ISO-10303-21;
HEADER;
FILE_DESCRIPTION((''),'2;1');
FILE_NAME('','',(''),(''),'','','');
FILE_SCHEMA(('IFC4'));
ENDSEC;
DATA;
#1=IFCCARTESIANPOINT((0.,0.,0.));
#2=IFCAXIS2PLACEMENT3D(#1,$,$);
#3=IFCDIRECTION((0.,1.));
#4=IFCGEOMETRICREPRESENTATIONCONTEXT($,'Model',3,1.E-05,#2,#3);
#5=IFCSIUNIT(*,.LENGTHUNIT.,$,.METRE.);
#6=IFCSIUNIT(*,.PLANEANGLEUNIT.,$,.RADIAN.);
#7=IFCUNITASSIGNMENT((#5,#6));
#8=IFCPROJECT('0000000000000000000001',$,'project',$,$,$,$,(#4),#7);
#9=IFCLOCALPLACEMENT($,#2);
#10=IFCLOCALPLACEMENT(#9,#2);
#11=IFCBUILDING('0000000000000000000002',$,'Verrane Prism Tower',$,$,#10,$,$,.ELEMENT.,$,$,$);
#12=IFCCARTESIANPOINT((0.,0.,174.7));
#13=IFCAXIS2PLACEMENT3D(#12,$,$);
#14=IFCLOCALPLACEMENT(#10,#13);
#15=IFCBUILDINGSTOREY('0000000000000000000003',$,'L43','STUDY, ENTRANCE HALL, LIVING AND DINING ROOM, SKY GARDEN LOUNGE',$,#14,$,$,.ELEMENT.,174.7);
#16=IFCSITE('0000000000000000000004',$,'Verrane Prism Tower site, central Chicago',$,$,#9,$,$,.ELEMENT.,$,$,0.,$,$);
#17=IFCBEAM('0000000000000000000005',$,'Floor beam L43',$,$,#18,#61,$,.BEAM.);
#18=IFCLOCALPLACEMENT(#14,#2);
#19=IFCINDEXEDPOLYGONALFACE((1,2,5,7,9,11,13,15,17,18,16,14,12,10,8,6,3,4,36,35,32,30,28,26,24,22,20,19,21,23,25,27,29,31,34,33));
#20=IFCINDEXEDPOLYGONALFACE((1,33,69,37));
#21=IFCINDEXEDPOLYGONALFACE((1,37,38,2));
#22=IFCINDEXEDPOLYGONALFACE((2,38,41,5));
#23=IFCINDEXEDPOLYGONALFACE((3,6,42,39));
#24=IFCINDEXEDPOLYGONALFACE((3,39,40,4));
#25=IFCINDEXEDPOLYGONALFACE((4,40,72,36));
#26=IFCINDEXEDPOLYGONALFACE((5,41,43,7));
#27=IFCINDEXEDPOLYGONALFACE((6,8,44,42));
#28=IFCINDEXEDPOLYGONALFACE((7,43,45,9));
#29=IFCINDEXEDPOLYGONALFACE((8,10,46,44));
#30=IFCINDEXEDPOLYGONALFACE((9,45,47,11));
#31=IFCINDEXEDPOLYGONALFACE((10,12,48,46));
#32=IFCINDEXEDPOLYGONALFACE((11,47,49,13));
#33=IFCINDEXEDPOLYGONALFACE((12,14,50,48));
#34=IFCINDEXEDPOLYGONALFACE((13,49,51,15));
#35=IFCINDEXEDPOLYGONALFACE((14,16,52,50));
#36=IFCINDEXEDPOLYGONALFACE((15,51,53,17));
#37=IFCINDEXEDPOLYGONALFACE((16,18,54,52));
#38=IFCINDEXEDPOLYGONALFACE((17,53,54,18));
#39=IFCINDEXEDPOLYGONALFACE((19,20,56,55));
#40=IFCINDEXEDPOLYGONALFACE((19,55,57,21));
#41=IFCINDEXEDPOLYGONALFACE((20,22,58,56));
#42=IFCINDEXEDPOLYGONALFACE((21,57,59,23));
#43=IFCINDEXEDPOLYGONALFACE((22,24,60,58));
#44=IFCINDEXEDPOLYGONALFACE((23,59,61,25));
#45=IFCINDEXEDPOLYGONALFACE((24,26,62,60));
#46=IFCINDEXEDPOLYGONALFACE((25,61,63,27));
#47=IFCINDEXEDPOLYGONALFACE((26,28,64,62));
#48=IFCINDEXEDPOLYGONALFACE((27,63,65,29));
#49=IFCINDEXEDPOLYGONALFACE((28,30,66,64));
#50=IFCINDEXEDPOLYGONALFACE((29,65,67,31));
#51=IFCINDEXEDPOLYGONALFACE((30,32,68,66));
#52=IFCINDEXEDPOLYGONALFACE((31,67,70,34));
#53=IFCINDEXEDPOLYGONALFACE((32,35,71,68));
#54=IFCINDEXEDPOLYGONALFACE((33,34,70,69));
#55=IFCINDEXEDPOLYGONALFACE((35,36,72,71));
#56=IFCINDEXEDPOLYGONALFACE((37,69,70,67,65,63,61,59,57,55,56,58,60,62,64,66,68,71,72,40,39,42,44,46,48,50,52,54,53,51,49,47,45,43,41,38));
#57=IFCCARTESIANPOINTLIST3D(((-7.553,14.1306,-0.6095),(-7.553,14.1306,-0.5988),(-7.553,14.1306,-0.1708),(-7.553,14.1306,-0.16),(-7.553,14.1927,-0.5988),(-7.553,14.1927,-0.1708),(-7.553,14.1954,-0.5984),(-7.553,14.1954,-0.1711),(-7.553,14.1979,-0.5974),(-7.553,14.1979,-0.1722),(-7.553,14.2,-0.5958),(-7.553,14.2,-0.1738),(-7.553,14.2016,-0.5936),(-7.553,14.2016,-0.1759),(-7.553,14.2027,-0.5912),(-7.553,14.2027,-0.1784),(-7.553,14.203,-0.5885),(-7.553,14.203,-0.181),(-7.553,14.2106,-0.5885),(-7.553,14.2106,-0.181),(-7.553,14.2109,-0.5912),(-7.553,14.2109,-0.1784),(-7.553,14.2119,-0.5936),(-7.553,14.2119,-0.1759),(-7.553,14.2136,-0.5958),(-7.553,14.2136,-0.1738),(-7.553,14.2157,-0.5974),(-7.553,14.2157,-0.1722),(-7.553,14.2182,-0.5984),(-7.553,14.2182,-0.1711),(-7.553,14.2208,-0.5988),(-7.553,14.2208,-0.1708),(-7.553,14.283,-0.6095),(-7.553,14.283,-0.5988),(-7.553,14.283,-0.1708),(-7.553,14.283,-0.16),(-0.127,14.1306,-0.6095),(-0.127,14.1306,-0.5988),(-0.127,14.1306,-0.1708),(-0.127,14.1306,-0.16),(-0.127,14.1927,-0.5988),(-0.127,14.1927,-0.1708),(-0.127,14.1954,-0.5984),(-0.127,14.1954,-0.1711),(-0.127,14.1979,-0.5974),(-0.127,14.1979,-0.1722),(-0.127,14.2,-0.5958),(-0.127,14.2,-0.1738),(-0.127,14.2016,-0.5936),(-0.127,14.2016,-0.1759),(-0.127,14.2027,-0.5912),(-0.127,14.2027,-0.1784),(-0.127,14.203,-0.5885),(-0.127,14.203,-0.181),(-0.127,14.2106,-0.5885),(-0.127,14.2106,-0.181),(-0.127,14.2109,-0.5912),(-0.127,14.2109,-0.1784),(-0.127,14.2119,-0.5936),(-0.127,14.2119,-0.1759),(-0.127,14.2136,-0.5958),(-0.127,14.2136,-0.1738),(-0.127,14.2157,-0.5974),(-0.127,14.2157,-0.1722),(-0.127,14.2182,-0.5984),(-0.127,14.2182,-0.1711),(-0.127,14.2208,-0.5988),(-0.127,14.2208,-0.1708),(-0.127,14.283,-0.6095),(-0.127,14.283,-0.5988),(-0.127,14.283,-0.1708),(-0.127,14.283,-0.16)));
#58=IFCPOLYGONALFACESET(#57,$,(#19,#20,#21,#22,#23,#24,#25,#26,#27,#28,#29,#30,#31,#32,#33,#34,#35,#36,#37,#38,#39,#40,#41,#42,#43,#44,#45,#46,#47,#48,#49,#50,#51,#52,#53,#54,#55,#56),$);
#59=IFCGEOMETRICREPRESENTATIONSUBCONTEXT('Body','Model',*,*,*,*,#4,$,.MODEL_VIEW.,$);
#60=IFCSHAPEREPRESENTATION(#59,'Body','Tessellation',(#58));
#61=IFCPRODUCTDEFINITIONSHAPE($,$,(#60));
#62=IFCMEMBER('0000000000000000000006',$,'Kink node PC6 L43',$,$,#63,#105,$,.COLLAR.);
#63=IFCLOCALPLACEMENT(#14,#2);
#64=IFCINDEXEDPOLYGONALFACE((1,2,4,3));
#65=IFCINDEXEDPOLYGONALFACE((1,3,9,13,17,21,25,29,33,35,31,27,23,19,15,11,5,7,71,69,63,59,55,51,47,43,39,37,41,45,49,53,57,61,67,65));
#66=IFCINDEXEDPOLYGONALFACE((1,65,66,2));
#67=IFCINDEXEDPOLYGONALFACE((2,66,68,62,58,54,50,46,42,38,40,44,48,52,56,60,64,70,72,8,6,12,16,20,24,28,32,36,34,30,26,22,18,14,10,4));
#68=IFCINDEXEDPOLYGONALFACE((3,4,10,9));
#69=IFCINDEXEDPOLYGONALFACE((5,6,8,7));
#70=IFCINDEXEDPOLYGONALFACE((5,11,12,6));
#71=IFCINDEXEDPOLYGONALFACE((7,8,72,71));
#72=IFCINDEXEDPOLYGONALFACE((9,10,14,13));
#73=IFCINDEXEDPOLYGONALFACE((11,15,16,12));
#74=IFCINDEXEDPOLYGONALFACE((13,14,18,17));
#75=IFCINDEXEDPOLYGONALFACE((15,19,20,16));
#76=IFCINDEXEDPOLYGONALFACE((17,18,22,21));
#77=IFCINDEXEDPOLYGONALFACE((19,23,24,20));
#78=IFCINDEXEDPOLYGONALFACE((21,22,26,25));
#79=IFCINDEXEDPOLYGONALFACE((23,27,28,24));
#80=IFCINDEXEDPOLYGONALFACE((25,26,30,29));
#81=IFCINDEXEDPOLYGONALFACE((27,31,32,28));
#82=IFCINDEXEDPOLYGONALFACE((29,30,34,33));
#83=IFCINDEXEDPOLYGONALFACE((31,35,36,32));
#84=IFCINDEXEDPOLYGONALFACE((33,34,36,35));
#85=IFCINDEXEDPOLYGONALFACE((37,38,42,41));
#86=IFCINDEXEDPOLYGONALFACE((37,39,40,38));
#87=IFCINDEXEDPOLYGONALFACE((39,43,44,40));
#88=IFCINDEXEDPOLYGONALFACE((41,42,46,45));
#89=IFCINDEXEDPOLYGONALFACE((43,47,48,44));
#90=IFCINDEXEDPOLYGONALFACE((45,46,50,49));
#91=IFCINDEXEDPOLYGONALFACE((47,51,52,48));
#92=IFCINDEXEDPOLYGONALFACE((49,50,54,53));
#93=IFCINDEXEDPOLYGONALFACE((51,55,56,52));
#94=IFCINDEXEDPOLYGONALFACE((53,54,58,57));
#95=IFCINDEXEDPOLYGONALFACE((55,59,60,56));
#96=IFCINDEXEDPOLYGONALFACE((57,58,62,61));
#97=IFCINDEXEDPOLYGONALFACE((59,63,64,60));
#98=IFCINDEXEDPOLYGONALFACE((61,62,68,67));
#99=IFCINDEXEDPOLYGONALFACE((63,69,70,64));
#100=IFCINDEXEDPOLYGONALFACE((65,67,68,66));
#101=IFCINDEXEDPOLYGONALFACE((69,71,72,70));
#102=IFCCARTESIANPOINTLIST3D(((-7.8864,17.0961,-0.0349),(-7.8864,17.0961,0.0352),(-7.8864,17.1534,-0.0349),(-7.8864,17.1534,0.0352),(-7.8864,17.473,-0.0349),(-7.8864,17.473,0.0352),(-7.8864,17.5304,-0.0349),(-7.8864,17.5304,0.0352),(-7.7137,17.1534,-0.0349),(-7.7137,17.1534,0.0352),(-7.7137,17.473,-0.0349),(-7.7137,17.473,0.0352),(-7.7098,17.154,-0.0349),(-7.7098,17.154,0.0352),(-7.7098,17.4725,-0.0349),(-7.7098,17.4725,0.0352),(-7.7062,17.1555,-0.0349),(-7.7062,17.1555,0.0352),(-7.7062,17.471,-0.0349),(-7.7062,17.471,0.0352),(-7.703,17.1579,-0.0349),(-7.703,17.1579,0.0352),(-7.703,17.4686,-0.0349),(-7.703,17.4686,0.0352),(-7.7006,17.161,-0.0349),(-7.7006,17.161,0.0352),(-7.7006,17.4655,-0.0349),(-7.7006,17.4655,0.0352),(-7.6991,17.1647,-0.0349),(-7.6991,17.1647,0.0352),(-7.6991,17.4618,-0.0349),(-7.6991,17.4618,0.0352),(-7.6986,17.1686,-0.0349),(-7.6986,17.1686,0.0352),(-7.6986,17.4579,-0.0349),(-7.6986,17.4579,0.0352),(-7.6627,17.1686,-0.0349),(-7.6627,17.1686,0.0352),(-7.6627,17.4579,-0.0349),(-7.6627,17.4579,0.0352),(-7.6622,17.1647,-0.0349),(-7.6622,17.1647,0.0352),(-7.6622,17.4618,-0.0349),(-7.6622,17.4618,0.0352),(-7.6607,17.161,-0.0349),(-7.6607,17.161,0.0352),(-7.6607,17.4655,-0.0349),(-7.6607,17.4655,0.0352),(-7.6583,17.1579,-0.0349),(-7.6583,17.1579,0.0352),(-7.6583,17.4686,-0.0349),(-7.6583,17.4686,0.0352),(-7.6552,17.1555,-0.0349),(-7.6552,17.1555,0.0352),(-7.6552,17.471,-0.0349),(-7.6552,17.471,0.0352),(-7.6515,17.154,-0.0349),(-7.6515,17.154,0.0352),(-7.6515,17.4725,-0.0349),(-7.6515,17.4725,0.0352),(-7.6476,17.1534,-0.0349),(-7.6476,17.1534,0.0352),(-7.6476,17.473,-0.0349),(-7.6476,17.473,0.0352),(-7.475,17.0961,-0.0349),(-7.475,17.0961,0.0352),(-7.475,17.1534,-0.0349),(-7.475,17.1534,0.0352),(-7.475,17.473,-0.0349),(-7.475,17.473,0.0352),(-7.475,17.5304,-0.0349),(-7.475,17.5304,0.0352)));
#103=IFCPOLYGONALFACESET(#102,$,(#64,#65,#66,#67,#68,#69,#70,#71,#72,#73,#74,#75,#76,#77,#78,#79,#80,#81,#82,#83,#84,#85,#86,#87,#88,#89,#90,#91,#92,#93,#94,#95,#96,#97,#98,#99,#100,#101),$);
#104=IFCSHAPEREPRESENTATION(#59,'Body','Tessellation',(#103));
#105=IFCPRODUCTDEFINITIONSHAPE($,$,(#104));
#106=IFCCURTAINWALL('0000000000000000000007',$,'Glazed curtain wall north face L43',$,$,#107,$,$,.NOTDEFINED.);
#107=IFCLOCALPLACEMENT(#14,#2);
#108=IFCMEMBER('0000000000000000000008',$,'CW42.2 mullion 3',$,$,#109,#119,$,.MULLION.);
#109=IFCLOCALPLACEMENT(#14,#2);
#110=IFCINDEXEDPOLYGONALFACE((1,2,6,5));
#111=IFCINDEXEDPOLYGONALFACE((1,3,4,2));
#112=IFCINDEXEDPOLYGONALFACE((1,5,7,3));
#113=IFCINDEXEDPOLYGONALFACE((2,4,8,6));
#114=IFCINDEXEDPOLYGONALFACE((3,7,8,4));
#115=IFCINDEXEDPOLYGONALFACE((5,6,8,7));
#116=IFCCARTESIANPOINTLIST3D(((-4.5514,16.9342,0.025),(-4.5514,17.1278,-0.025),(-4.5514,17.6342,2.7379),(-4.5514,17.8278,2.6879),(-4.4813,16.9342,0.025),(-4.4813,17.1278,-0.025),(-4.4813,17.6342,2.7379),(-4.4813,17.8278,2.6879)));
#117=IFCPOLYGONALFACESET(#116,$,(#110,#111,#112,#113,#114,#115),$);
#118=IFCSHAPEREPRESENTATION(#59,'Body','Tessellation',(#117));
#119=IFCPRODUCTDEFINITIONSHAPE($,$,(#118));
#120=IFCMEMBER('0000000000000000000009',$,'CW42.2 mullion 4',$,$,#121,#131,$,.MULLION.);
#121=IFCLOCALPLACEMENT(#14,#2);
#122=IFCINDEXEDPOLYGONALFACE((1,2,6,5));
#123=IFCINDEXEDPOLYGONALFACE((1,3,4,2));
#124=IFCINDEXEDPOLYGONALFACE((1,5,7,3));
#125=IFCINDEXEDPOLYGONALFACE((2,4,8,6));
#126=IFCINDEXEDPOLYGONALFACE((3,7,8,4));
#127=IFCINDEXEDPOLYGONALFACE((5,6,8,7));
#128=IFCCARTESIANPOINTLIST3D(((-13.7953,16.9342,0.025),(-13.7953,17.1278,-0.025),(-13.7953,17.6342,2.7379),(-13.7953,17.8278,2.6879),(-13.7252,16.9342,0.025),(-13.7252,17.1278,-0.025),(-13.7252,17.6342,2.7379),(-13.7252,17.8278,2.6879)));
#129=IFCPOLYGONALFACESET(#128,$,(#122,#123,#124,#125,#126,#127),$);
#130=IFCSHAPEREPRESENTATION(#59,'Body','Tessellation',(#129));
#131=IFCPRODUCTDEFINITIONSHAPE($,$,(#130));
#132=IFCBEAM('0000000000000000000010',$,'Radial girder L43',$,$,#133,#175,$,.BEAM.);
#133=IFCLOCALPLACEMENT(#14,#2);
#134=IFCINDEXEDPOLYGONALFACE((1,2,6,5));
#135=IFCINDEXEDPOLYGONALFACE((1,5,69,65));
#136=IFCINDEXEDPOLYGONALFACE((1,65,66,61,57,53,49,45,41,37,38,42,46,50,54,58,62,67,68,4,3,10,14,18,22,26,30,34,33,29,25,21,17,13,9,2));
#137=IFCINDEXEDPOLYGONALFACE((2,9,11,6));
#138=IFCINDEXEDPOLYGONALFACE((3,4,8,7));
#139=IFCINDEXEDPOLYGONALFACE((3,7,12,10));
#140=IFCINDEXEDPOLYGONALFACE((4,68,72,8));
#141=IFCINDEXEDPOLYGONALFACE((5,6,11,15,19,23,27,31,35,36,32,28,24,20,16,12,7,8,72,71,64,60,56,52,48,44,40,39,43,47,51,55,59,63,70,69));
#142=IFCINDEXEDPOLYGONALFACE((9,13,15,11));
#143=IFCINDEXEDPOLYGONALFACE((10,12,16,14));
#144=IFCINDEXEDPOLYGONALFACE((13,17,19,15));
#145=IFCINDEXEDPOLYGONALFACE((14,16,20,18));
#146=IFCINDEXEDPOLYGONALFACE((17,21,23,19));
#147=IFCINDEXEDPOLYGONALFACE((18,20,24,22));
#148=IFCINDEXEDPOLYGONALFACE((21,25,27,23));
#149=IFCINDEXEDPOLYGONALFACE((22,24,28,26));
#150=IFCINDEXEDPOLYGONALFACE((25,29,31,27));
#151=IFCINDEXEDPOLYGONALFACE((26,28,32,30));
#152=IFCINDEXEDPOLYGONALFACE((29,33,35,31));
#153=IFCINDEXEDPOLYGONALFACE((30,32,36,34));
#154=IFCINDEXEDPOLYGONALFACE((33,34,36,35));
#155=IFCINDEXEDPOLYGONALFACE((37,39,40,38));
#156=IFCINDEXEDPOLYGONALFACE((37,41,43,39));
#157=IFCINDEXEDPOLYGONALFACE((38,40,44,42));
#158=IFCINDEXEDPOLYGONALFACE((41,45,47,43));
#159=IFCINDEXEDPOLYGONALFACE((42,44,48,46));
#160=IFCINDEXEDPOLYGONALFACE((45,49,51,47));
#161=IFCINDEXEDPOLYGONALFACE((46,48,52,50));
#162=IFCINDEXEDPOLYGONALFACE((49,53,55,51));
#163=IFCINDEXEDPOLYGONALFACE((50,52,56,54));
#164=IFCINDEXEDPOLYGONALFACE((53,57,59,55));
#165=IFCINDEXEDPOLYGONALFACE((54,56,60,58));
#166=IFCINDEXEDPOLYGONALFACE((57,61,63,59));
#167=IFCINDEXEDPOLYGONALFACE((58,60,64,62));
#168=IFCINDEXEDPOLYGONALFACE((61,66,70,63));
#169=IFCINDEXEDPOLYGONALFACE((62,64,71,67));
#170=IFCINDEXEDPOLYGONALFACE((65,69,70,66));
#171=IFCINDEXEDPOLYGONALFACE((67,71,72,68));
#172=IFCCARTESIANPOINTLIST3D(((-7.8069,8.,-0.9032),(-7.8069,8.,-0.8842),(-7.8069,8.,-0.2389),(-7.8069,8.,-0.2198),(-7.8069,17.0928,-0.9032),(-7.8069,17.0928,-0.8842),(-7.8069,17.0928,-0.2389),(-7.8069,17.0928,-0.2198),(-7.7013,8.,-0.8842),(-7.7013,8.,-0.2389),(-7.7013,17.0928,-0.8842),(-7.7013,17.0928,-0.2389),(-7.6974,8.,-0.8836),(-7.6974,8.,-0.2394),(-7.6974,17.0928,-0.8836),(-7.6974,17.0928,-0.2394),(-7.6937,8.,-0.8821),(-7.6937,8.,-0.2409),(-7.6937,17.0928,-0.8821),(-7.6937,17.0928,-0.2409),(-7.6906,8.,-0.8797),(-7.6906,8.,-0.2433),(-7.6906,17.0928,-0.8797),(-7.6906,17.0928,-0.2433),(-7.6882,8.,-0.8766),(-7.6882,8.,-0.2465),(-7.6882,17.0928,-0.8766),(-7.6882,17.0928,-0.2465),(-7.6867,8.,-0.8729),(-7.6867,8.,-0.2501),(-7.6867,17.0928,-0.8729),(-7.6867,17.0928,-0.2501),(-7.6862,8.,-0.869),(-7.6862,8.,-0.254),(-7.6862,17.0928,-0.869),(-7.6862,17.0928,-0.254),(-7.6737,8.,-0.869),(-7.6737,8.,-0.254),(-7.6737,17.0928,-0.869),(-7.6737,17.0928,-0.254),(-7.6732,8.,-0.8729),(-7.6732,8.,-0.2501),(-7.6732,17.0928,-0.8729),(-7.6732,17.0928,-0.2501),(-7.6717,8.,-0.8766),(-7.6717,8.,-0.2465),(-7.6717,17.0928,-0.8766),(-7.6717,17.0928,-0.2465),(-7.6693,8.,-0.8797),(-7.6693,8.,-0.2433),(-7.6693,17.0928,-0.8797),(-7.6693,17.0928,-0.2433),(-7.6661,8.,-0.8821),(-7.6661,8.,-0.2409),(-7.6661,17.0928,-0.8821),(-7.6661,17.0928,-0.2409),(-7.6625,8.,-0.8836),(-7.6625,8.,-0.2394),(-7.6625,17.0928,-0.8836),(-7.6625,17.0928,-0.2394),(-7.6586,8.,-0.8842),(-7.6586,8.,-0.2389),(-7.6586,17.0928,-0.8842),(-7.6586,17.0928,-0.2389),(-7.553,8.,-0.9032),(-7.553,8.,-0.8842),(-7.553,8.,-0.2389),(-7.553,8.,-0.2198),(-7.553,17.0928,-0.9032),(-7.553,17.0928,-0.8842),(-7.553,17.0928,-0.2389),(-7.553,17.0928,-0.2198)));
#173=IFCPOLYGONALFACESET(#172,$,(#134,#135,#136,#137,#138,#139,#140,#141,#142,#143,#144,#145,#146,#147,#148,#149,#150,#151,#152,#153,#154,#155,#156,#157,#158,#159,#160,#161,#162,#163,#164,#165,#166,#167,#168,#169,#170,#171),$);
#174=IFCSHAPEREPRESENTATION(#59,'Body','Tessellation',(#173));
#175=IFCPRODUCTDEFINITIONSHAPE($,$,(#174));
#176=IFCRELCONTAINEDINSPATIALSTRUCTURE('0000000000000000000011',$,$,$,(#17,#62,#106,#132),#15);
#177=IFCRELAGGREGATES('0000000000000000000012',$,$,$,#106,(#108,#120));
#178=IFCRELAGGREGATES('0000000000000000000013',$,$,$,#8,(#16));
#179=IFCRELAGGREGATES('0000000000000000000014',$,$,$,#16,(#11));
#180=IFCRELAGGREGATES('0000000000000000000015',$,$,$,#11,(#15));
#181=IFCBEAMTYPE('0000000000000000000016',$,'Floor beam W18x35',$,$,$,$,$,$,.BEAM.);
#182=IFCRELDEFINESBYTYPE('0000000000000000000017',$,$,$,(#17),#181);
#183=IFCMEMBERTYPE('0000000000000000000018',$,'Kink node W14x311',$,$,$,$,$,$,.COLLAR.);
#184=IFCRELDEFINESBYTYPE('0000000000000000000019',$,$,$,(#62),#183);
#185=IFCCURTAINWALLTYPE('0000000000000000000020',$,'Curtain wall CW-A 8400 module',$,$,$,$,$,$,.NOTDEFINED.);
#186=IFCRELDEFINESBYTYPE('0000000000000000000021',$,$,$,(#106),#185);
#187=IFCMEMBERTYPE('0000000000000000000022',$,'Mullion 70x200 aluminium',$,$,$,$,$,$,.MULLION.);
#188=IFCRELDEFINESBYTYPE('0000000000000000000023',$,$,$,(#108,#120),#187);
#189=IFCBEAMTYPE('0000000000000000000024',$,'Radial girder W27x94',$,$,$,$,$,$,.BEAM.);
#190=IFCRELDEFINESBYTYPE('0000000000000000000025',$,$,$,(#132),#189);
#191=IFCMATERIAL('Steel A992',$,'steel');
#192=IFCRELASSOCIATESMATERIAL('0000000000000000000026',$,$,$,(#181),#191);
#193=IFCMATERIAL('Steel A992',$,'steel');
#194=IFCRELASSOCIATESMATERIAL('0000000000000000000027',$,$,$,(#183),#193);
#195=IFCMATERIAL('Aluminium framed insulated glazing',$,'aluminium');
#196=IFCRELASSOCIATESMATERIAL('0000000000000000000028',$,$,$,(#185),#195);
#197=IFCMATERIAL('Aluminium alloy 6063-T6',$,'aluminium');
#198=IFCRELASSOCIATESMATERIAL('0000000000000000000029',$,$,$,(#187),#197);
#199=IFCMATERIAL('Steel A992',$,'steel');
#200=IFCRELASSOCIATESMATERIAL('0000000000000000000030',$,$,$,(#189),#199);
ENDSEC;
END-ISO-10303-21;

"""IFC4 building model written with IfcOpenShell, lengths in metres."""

from ifc_helpers import new_model, si_unit, direction, frame, origin, origin_2d, place, context, subcontext, project, spatial, rectangle, i_section, extrude, material, material_profile, profile_set, type_object, element, aggregate, save


model = new_model("IFC4")

# Units and contexts
model_context = context("Model", 3, precision=1e-05, world=origin(), true_north=direction((0.0, 1.0)))
body_context = subcontext(model_context, "Body", "Model", "MODEL_VIEW")
ifc_project = project(units=[si_unit("LENGTHUNIT", "METRE"), si_unit("PLANEANGLEUNIT", "RADIAN")], contexts=[model_context])

# Site, building, storey
site_placement = place(None, origin())
site = spatial("IfcSite", under=ifc_project, at=site_placement, Name="Verrane Prism Tower site, central Chicago", CompositionType="ELEMENT", RefElevation=0.0)
building_placement = place(site_placement, origin())
building = spatial("IfcBuilding", under=site, at=building_placement, Name="Verrane Prism Tower", CompositionType="ELEMENT")
storey_placement = place(building_placement, frame((0.0, 0.0, 174.7)))
storey = spatial("IfcBuildingStorey", under=building, at=storey_placement, Name="L43", Description="STUDY, ENTRANCE HALL, LIVING AND DINING ROOM, SKY GARDEN LOUNGE", CompositionType="ELEMENT", Elevation=174.7)

# Beam
ifc_material_1 = material(Name="Steel A992", Category="steel")
ifc_material_profile_1 = material_profile(ifc_material_1, i_section(OverallWidth=0.1523, OverallDepth=0.4495, WebThickness=0.0076, FlangeThickness=0.0107, FilletRadius=0.0103, at=origin_2d()), Name="W18x35")
ifc_profile_set_1 = profile_set([ifc_material_profile_1], Name="Steel A992")
beam_type_1 = type_object("IfcBeamType", Name="Floor beam W18x35", PredefinedType="BEAM", material=ifc_profile_set_1)
for number, where, z_axis, x_axis, name in (
    (1, (-7.553, 14.2068, -0.3848), (1.0, 0.0, 0.0), (0.0, 1.0, 0.0), "Floor beam L43"),
):
    element("IfcBeam", number, at=place(storey_placement, frame(where, z_axis=z_axis, x_axis=x_axis)), inside=storey, type_object=beam_type_1, Name=name, PredefinedType="BEAM", context=body_context, shape_type="SweptSolid", body=[
        extrude(i_section(OverallWidth=0.1523, OverallDepth=0.4495, WebThickness=0.0076, FlangeThickness=0.0107, FilletRadius=0.0103, at=origin_2d()), origin(), (0.0, 0.0, 1.0), 7.426),
    ])

# Member
ifc_material_2 = material(Name="Steel A992", Category="steel")
ifc_material_profile_2 = material_profile(ifc_material_2, i_section(OverallWidth=0.4114, OverallDepth=0.4343, WebThickness=0.0359, FlangeThickness=0.0574, FilletRadius=0.0151, at=origin_2d()), Name="W14x311")
ifc_profile_set_2 = profile_set([ifc_material_profile_2], Name="Steel A992")
member_type_1 = type_object("IfcMemberType", Name="Kink node W14x311", PredefinedType="COLLAR", material=ifc_profile_set_2)
member_1_placement = place(storey_placement, frame((-7.6807, 17.3132, -0.0349), z_axis=(0.0, 0.0, 1.0), x_axis=(1.0, 0.0, 0.0)))
element("IfcMember", 2, at=member_1_placement, inside=storey, type_object=member_type_1, Name="Kink node PC6 L43", PredefinedType="COLLAR", context=body_context, shape_type="SweptSolid", body=[
    extrude(i_section(OverallWidth=0.4114, OverallDepth=0.4343, WebThickness=0.0359, FlangeThickness=0.0574, FilletRadius=0.0151, at=origin_2d()), origin(), (0.0, 0.0, 1.0), 0.0701),
])

# Curtain wall, members
ifc_material_3 = material(Name="Aluminium framed insulated glazing", Category="aluminium")
curtain_wall_type = type_object("IfcCurtainWallType", Name="Curtain wall CW-A 8400 module", PredefinedType="NOTDEFINED", material=ifc_material_3)
curtain_wall_placement = place(storey_placement, origin())
curtain_wall = element("IfcCurtainWall", 3, at=curtain_wall_placement, inside=storey, type_object=curtain_wall_type, Name="Glazed curtain wall north face L43", PredefinedType="NOTDEFINED")
ifc_material_4 = material(Name="Aluminium alloy 6063-T6", Category="aluminium")
ifc_material_profile_3 = material_profile(ifc_material_4, rectangle(XDim=0.2, YDim=0.0701, at=origin_2d()), Name="Mullion 70x200 aluminium")
ifc_profile_set_3 = profile_set([ifc_material_profile_3], Name="Aluminium alloy 6063-T6")
member_type_2 = type_object("IfcMemberType", Name="Mullion 70x200 aluminium", PredefinedType="MULLION", material=ifc_profile_set_3)
member_2_placement = place(storey_placement, frame((-4.5164, 17.031, 0.0), z_axis=(0.0, 0.249828, 0.96829), x_axis=(0.0, 0.96829, -0.249828)))
member_2 = element("IfcMember", 4, at=member_2_placement, type_object=member_type_2, Name="CW42.2 mullion 3", PredefinedType="MULLION", context=body_context, shape_type="SweptSolid", body=[
    extrude(rectangle(XDim=0.2, YDim=0.0701, at=origin_2d()), origin(), (0.0, 0.0, 1.0), 2.8018),
])
member_3_placement = place(storey_placement, frame((-13.7603, 17.031, 0.0), z_axis=(0.0, 0.249828, 0.96829), x_axis=(0.0, 0.96829, -0.249828)))
member_3 = element("IfcMember", 5, at=member_3_placement, type_object=member_type_2, Name="CW42.2 mullion 4", PredefinedType="MULLION", context=body_context, shape_type="SweptSolid", body=[
    extrude(rectangle(XDim=0.2, YDim=0.0701, at=origin_2d()), origin(), (0.0, 0.0, 1.0), 2.8018),
])

# Beam
ifc_material_5 = material(Name="Steel A992", Category="steel")
ifc_material_profile_4 = material_profile(ifc_material_5, i_section(OverallWidth=0.2539, OverallDepth=0.6833, WebThickness=0.0125, FlangeThickness=0.019, FilletRadius=0.0151, at=origin_2d()), Name="W27x94")
ifc_profile_set_4 = profile_set([ifc_material_profile_4], Name="Steel A992")
beam_type_2 = type_object("IfcBeamType", Name="Radial girder W27x94", PredefinedType="BEAM", material=ifc_profile_set_4)
beam_1_placement = place(storey_placement, frame((-7.6799, 17.0928, -0.5615), z_axis=(0.0, -1.0, 0.0), x_axis=(1.0, 0.0, 0.0)))
element("IfcBeam", 6, at=beam_1_placement, inside=storey, type_object=beam_type_2, Name="Radial girder L43", PredefinedType="BEAM", context=body_context, shape_type="SweptSolid", body=[
    extrude(i_section(OverallWidth=0.2539, OverallDepth=0.6833, WebThickness=0.0125, FlangeThickness=0.019, FilletRadius=0.0151, at=origin_2d()), origin(), (0.0, 0.0, 1.0), 9.0928),
])

aggregate(curtain_wall, [member_2, member_3])

save(model, "model.ifc")
